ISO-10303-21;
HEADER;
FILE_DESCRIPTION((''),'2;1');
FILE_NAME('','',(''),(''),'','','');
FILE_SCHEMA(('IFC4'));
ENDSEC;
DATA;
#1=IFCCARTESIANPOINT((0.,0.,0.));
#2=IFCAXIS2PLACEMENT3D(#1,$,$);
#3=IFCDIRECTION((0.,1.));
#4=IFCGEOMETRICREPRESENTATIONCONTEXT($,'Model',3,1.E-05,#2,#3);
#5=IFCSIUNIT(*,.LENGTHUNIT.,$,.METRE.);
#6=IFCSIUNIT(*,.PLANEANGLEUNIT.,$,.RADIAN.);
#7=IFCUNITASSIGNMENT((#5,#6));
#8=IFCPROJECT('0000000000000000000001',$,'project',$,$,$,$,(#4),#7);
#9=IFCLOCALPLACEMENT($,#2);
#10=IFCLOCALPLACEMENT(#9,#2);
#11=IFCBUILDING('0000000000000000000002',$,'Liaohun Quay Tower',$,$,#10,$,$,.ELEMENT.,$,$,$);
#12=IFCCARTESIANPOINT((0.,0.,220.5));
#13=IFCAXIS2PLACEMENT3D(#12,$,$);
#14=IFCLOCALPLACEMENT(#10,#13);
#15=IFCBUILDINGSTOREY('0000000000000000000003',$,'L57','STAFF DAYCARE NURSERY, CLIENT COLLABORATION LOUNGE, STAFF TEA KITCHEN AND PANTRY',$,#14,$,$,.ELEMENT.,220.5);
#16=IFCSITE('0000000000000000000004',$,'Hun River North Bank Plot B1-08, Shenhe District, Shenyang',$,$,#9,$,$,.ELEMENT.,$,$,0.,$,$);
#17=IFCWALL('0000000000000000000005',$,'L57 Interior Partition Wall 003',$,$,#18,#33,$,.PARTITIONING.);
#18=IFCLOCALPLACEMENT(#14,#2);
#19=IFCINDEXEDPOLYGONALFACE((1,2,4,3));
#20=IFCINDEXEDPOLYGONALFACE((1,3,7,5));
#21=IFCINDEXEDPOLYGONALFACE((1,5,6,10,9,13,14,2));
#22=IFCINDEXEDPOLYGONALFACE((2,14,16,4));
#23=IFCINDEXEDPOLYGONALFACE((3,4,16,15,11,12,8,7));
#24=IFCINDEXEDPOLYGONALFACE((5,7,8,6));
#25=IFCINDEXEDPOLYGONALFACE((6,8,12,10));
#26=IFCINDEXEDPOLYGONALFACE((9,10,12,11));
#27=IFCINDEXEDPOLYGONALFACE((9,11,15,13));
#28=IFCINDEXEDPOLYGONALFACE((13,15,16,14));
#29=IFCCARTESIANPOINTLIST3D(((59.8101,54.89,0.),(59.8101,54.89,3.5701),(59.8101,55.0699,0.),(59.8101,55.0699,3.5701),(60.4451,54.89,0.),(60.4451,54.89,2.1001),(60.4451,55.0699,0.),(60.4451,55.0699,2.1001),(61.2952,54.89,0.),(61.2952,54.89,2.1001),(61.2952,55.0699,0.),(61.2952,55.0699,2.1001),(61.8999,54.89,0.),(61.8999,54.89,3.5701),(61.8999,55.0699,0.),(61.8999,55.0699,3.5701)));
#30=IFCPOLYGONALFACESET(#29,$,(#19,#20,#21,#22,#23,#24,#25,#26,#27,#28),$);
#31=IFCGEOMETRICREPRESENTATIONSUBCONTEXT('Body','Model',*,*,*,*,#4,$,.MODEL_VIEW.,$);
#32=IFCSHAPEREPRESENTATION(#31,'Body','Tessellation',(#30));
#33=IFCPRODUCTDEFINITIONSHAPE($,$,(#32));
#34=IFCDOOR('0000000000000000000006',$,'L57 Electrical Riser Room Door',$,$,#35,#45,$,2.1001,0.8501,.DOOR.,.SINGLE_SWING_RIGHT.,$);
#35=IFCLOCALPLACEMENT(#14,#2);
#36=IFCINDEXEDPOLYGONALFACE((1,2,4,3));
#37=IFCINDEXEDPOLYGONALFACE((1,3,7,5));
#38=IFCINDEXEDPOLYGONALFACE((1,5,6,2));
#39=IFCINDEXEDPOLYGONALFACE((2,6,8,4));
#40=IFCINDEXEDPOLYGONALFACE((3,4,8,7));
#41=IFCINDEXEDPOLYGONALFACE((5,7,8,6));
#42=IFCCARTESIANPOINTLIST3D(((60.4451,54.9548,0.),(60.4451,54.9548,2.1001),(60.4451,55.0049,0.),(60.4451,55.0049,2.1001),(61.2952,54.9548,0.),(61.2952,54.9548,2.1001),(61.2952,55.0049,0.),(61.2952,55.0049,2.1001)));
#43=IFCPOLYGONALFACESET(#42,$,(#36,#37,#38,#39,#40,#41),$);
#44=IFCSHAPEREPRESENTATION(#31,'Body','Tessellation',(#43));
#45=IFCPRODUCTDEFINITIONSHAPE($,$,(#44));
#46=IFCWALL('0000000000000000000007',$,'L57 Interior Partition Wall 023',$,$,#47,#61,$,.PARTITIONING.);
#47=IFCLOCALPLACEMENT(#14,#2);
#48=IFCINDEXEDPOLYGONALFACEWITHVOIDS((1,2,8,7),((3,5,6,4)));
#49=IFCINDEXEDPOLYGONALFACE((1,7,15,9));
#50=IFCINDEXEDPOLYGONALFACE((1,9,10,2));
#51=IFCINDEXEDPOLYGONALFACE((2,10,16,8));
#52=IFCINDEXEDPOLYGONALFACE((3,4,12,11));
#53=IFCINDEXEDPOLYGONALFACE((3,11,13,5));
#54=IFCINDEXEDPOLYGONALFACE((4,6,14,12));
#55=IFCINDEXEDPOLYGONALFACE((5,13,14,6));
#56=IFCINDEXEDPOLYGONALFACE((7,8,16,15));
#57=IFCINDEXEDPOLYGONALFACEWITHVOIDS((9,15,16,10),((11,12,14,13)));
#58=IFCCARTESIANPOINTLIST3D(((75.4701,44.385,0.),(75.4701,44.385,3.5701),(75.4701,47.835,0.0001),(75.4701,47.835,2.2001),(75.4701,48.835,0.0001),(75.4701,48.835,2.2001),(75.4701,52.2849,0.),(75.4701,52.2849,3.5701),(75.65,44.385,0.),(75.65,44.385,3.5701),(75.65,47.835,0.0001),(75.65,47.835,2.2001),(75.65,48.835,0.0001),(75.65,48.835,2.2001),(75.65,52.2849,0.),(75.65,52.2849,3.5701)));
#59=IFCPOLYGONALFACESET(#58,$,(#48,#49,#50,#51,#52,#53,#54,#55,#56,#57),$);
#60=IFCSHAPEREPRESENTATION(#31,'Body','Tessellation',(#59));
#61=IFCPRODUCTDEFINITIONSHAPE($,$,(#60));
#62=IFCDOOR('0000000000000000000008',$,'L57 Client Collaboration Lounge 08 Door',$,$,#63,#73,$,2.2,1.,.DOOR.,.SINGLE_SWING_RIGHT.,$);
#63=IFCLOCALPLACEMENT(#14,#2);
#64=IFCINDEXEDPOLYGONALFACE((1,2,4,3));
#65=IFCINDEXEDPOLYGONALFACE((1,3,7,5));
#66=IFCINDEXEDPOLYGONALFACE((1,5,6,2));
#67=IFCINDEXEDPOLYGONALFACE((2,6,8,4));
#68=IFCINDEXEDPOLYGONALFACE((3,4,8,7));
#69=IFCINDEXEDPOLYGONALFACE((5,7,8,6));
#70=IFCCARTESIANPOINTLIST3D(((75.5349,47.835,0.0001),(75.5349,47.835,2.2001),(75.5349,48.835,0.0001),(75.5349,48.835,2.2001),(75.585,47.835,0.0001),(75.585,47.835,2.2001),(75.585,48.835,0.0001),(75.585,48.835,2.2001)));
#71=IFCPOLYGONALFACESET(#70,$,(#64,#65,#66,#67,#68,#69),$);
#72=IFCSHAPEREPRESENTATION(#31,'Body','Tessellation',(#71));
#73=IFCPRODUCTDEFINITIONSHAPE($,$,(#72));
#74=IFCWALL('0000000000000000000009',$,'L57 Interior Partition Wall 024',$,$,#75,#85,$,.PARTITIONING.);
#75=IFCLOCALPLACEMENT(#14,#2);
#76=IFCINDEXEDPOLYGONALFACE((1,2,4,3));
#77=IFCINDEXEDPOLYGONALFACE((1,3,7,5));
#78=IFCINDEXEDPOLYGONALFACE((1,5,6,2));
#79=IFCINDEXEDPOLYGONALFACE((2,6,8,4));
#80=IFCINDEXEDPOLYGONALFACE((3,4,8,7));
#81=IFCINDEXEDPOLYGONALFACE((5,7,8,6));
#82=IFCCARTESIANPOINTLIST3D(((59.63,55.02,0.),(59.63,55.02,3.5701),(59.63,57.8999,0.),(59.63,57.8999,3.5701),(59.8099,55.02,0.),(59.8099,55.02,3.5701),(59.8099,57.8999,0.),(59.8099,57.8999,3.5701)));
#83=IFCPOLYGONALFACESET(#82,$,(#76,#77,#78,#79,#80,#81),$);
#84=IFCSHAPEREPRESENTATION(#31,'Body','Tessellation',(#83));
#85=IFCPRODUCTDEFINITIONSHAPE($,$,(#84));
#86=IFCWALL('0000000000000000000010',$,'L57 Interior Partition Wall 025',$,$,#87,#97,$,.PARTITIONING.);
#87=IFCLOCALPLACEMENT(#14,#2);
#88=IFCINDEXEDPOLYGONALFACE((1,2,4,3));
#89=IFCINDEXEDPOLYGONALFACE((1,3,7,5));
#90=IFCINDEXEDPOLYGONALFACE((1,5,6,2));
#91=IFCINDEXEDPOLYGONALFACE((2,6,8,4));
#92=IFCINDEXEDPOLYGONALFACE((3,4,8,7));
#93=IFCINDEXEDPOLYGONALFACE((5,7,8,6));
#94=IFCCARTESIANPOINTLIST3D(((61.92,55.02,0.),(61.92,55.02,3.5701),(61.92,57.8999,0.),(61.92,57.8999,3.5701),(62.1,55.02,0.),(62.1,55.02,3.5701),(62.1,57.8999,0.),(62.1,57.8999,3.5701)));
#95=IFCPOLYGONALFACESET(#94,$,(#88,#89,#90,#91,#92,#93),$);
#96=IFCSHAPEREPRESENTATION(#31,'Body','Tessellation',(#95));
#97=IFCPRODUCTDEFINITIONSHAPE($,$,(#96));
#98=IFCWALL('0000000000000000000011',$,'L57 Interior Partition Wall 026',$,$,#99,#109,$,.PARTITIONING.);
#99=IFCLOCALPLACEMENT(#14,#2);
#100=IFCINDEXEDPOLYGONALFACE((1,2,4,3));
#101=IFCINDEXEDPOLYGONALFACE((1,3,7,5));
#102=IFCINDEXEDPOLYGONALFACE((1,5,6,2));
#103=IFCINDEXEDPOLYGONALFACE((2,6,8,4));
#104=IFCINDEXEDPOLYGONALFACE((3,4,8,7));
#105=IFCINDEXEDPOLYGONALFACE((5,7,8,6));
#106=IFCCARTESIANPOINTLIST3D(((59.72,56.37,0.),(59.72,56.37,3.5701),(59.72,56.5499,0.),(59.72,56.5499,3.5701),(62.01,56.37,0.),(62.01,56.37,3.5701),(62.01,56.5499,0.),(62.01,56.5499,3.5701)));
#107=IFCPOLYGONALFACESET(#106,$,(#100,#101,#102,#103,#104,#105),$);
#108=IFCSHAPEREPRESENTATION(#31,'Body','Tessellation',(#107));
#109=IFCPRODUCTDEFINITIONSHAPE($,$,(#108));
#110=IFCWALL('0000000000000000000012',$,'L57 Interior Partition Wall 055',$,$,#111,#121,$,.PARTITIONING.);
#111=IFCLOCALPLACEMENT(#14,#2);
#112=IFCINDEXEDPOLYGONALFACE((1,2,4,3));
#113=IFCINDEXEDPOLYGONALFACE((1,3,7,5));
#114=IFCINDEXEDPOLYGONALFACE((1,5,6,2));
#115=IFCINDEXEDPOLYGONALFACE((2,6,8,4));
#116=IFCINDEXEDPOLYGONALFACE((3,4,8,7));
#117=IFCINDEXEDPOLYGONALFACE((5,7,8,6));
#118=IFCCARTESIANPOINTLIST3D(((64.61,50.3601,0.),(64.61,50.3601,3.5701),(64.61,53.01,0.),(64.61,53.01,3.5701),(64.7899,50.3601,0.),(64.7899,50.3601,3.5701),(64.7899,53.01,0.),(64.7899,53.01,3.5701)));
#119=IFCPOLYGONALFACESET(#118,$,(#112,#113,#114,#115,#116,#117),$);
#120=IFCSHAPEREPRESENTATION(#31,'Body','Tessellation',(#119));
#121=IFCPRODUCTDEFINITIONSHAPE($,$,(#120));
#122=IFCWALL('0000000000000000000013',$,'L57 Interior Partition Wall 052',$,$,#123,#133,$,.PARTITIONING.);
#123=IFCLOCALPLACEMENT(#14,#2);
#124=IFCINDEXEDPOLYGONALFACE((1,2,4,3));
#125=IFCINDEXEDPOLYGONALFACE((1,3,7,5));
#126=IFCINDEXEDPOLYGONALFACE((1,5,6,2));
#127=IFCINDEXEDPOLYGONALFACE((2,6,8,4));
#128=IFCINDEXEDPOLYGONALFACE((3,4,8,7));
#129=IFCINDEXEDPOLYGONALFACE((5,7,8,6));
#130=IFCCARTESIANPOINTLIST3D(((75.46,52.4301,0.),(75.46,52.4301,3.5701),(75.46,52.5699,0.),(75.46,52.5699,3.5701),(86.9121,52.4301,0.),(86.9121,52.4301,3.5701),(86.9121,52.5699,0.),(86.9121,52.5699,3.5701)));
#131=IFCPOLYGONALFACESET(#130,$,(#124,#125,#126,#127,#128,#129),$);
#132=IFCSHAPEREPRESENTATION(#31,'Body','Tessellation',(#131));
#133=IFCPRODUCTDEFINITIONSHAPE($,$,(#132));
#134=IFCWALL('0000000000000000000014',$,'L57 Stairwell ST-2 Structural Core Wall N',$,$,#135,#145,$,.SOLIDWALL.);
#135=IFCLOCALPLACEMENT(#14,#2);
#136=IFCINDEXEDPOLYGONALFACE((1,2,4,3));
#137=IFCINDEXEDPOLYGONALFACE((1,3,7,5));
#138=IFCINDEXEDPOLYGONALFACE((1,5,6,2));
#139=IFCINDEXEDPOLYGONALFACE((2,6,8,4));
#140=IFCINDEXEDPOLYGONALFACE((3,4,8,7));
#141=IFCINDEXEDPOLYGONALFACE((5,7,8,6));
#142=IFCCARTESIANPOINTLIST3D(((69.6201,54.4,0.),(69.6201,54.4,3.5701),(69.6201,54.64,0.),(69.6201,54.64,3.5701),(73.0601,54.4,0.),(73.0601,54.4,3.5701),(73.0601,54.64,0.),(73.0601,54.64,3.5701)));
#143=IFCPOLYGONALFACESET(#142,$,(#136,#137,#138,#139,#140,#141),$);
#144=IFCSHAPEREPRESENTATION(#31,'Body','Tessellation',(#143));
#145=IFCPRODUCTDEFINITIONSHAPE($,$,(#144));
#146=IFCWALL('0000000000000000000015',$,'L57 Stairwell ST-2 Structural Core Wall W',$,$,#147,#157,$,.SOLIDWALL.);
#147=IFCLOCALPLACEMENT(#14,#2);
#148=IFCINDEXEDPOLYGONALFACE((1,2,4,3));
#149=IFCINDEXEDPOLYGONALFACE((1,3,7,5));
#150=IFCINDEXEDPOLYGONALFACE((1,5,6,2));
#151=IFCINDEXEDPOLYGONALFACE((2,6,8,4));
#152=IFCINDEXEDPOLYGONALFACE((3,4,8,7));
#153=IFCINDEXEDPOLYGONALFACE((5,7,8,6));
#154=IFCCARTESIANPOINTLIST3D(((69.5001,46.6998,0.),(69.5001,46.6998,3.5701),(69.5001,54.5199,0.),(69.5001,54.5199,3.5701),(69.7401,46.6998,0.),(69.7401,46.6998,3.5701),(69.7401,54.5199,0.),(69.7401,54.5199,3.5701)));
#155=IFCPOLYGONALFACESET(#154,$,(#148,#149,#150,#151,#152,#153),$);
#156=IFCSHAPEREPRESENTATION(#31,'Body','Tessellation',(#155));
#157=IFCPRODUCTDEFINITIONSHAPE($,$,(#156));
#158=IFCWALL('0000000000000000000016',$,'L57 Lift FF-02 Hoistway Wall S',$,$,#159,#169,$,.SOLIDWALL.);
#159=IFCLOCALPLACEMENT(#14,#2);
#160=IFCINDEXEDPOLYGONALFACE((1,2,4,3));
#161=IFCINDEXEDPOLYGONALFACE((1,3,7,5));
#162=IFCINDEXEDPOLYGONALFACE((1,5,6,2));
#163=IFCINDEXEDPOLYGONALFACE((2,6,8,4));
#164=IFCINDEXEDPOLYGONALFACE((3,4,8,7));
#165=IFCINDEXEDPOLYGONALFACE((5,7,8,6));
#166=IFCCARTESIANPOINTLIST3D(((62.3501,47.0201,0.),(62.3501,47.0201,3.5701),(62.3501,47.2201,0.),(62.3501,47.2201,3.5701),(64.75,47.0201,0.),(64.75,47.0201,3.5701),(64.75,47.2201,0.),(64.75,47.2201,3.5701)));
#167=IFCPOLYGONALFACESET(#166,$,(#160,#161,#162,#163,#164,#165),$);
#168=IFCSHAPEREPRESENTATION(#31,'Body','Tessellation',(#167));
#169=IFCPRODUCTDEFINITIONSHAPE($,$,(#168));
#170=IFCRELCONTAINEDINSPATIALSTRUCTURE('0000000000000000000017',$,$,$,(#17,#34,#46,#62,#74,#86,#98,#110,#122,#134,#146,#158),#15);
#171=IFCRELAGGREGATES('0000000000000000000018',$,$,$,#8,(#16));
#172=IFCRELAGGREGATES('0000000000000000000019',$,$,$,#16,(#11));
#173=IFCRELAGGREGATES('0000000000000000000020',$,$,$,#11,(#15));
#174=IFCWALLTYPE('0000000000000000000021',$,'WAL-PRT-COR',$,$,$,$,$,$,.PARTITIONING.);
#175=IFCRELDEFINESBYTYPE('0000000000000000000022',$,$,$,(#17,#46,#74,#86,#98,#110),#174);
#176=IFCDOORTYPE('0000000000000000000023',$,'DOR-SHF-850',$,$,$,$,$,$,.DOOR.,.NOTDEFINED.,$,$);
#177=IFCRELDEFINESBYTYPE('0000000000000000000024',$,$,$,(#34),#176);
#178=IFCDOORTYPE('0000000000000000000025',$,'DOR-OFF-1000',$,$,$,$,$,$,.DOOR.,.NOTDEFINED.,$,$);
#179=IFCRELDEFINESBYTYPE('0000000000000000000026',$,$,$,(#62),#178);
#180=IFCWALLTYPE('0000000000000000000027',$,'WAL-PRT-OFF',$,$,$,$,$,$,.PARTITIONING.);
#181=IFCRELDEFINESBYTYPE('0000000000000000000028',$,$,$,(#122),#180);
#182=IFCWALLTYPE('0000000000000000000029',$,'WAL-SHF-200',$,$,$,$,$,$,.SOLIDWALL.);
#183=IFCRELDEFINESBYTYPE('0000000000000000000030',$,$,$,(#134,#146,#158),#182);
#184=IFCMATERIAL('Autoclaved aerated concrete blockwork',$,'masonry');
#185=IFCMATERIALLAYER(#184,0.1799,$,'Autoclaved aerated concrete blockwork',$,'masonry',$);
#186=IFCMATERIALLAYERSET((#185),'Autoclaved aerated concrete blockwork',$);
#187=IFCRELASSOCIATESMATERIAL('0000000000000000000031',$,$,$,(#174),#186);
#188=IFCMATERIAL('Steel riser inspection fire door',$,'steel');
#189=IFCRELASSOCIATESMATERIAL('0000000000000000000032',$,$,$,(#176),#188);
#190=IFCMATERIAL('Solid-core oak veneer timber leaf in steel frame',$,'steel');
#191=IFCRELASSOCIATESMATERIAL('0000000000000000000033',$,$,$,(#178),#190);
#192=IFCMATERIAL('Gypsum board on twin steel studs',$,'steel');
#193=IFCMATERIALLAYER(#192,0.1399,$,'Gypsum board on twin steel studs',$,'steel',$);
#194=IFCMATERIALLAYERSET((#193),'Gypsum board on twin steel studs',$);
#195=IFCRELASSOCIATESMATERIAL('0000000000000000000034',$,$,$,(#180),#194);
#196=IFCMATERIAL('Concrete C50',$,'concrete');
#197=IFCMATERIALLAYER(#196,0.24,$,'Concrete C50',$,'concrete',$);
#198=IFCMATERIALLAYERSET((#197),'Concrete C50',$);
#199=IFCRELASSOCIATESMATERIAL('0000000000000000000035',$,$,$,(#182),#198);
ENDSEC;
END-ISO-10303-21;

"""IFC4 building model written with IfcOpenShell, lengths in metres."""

from ifc_helpers import new_model, si_unit, direction, frame, frame_2d, origin, place, context, subcontext, project, spatial, rectangle, extrude, source, transform, mapped, material, layer, layer_set, type_object, element, fill, save


model = new_model("IFC4")

# Units and contexts
model_context = context("Model", 3, precision=1e-05, world=origin(), true_north=direction((0.0, 1.0)))
body_context = subcontext(model_context, "Body", "Model", "MODEL_VIEW")
ifc_project = project(units=[si_unit("LENGTHUNIT", "METRE"), si_unit("PLANEANGLEUNIT", "RADIAN")], contexts=[model_context])

# Site, building, storey
site_placement = place(None, origin())
site = spatial("IfcSite", under=ifc_project, at=site_placement, Name="Hun River North Bank Plot B1-08, Shenhe District, Shenyang", CompositionType="ELEMENT", RefElevation=0.0)
building_placement = place(site_placement, origin())
building = spatial("IfcBuilding", under=site, at=building_placement, Name="Liaohun Quay Tower", CompositionType="ELEMENT")
storey_placement = place(building_placement, frame((0.0, 0.0, 220.5)))
storey = spatial("IfcBuildingStorey", under=building, at=storey_placement, Name="L57", Description="STAFF DAYCARE NURSERY, CLIENT COLLABORATION LOUNGE, STAFF TEA KITCHEN AND PANTRY", CompositionType="ELEMENT", Elevation=220.5)

# Walls, openings, doors
ifc_material_1 = material(Name="Autoclaved aerated concrete blockwork", Category="masonry")
ifc_layer_1 = layer(ifc_material_1, 0.1799, Name="Autoclaved aerated concrete blockwork", Category="masonry")
ifc_layer_set_1 = layer_set([ifc_layer_1], Name="Autoclaved aerated concrete blockwork")
wall_type_1 = type_object("IfcWallType", Name="WAL-PRT-COR", PredefinedType="PARTITIONING", material=ifc_layer_set_1)
wall_1_placement = place(storey_placement, frame((59.8101, 54.98, 0.0), z_axis=(0.0, 0.0, 1.0), x_axis=(1.0, 0.0, 0.0)))
wall_1 = element("IfcWall", 1, at=wall_1_placement, inside=storey, type_object=wall_type_1, Name="L57 Interior Partition Wall 003", PredefinedType="PARTITIONING", context=body_context, shape_type="SweptSolid", body=[
    extrude(rectangle(XDim=2.0898, YDim=0.1799, at=frame_2d((1.0449, 0.0))), origin(), (0.0, 0.0, 1.0), 3.5701),
])
shared_shape_1 = source(origin(), body_context, "Body", "SweptSolid", [
    extrude(rectangle(XDim=0.8501, YDim=2.1001, at=frame_2d((0.425, 1.05))), frame((0.0, 0.0999, 0.0), z_axis=(0.0, -1.0, 0.0), x_axis=(1.0, 0.0, 0.0)), (0.0, 0.0, 1.0), 0.2),
])
opening_1_placement = place(wall_1_placement, frame((0.635, 0.0, 0.0)))
opening_1 = element("IfcOpeningElement", 2, at=opening_1_placement, cuts=wall_1, PredefinedType="OPENING", context=body_context, shape_type="MappedRepresentation", body=[
    mapped(shared_shape_1, transform((0.0, 0.0, 0.0), x_axis=(1.0, 0.0, 0.0), y_axis=(0.0, 1.0, 0.0), z_axis=(0.0, 0.0, 1.0), scale=1.0)),
])
ifc_material_2 = material(Name="Steel riser inspection fire door", Category="steel")
door_type_1 = type_object("IfcDoorType", Name="DOR-SHF-850", OperationType="NOTDEFINED", PredefinedType="DOOR", material=ifc_material_2)
shared_shape_2 = source(origin(), body_context, "Body", "SweptSolid", [
    extrude(rectangle(XDim=0.8501, YDim=2.1001, at=frame_2d((0.425, 1.05))), frame((0.0, 0.0249, 0.0), z_axis=(0.0, -1.0, 0.0), x_axis=(1.0, 0.0, 0.0)), (0.0, 0.0, 1.0), 0.05),
])
door_1_placement = place(opening_1_placement, origin())
door_1 = element("IfcDoor", 3, at=door_1_placement, inside=storey, type_object=door_type_1, Name="L57 Electrical Riser Room Door", OperationType="SINGLE_SWING_RIGHT", OverallHeight=2.1001, OverallWidth=0.8501, PredefinedType="DOOR", context=body_context, shape_type="MappedRepresentation", body=[
    mapped(shared_shape_2, transform((0.0, 0.0, 0.0), x_axis=(1.0, 0.0, 0.0), y_axis=(0.0, 1.0, 0.0), z_axis=(0.0, 0.0, 1.0), scale=1.0)),
])
fill(opening_1, door_1)
wall_2_placement = place(storey_placement, frame((75.5601, 52.2849, 0.0), z_axis=(0.0, 0.0, 1.0), x_axis=(0.0, -1.0, 0.0)))
wall_2 = element("IfcWall", 4, at=wall_2_placement, inside=storey, type_object=wall_type_1, Name="L57 Interior Partition Wall 023", PredefinedType="PARTITIONING", context=body_context, shape_type="SweptSolid", body=[
    extrude(rectangle(XDim=7.8999, YDim=0.1799, at=frame_2d((3.95, 0.0))), origin(), (0.0, 0.0, 1.0), 3.5701),
])
shared_shape_3 = source(origin(), body_context, "Body", "SweptSolid", [
    extrude(rectangle(XDim=1.0, YDim=2.2, at=frame_2d((0.5, 1.1001))), frame((0.0, 0.0999, 0.0), z_axis=(0.0, -1.0, 0.0), x_axis=(1.0, 0.0, 0.0)), (0.0, 0.0, 1.0), 0.2),
])
opening_2_placement = place(wall_2_placement, frame((3.45, 0.0, 0.0)))
opening_2 = element("IfcOpeningElement", 5, at=opening_2_placement, cuts=wall_2, PredefinedType="OPENING", context=body_context, shape_type="MappedRepresentation", body=[
    mapped(shared_shape_3, transform((0.0, 0.0, 0.0), x_axis=(1.0, 0.0, 0.0), y_axis=(0.0, 1.0, 0.0), z_axis=(0.0, 0.0, 1.0), scale=1.0)),
])
ifc_material_3 = material(Name="Solid-core oak veneer timber leaf in steel frame", Category="steel")
door_type_2 = type_object("IfcDoorType", Name="DOR-OFF-1000", OperationType="NOTDEFINED", PredefinedType="DOOR", material=ifc_material_3)
shared_shape_4 = source(origin(), body_context, "Body", "SweptSolid", [
    extrude(rectangle(XDim=1.0, YDim=2.2, at=frame_2d((0.5, 1.1001))), frame((0.0, 0.0249, 0.0), z_axis=(0.0, -1.0, 0.0), x_axis=(1.0, 0.0, 0.0)), (0.0, 0.0, 1.0), 0.05),
])
door_2_placement = place(opening_2_placement, origin())
door_2 = element("IfcDoor", 6, at=door_2_placement, inside=storey, type_object=door_type_2, Name="L57 Client Collaboration Lounge 08 Door", OperationType="SINGLE_SWING_RIGHT", OverallHeight=2.2, OverallWidth=1.0, PredefinedType="DOOR", context=body_context, shape_type="MappedRepresentation", body=[
    mapped(shared_shape_4, transform((0.0, 0.0, 0.0), x_axis=(1.0, 0.0, 0.0), y_axis=(0.0, 1.0, 0.0), z_axis=(0.0, 0.0, 1.0), scale=1.0)),
])
fill(opening_2, door_2)

# Walls
for number, where, z_axis, x_axis, name in (
    (7, (59.72, 55.02, 0.0), (0.0, 0.0, 1.0), (0.0, 1.0, 0.0), "L57 Interior Partition Wall 024"),
    (8, (62.01, 55.02, 0.0), (0.0, 0.0, 1.0), (0.0, 1.0, 0.0), "L57 Interior Partition Wall 025"),
):
    element("IfcWall", number, at=place(storey_placement, frame(where, z_axis=z_axis, x_axis=x_axis)), inside=storey, type_object=wall_type_1, Name=name, PredefinedType="PARTITIONING", context=body_context, shape_type="SweptSolid", body=[
        extrude(rectangle(XDim=2.8799, YDim=0.1799, at=frame_2d((1.4399, 0.0))), origin(), (0.0, 0.0, 1.0), 3.5701),
    ])
wall_3_placement = place(storey_placement, frame((59.72, 56.46, 0.0), z_axis=(0.0, 0.0, 1.0), x_axis=(1.0, 0.0, 0.0)))
element("IfcWall", 9, at=wall_3_placement, inside=storey, type_object=wall_type_1, Name="L57 Interior Partition Wall 026", PredefinedType="PARTITIONING", context=body_context, shape_type="SweptSolid", body=[
    extrude(rectangle(XDim=2.29, YDim=0.1799, at=frame_2d((1.145, 0.0))), origin(), (0.0, 0.0, 1.0), 3.5701),
])
wall_4_placement = place(storey_placement, frame((64.7, 50.3601, 0.0), z_axis=(0.0, 0.0, 1.0), x_axis=(0.0, 1.0, 0.0)))
element("IfcWall", 10, at=wall_4_placement, inside=storey, type_object=wall_type_1, Name="L57 Interior Partition Wall 055", PredefinedType="PARTITIONING", context=body_context, shape_type="SweptSolid", body=[
    extrude(rectangle(XDim=2.6499, YDim=0.1799, at=frame_2d((1.325, 0.0))), origin(), (0.0, 0.0, 1.0), 3.5701),
])
ifc_material_4 = material(Name="Gypsum board on twin steel studs", Category="steel")
ifc_layer_2 = layer(ifc_material_4, 0.1399, Name="Gypsum board on twin steel studs", Category="steel")
ifc_layer_set_2 = layer_set([ifc_layer_2], Name="Gypsum board on twin steel studs")
wall_type_2 = type_object("IfcWallType", Name="WAL-PRT-OFF", PredefinedType="PARTITIONING", material=ifc_layer_set_2)
wall_5_placement = place(storey_placement, frame((75.46, 52.5, 0.0), z_axis=(0.0, 0.0, 1.0), x_axis=(1.0, 0.0, 0.0)))
element("IfcWall", 11, at=wall_5_placement, inside=storey, type_object=wall_type_2, Name="L57 Interior Partition Wall 052", PredefinedType="PARTITIONING", context=body_context, shape_type="SweptSolid", body=[
    extrude(rectangle(XDim=11.4521, YDim=0.1399, at=frame_2d((5.7261, 0.0))), origin(), (0.0, 0.0, 1.0), 3.5701),
])
ifc_material_5 = material(Name="Concrete C50", Category="concrete")
ifc_layer_3 = layer(ifc_material_5, 0.24, Name="Concrete C50", Category="concrete")
ifc_layer_set_3 = layer_set([ifc_layer_3], Name="Concrete C50")
wall_type_3 = type_object("IfcWallType", Name="WAL-SHF-200", PredefinedType="SOLIDWALL", material=ifc_layer_set_3)
wall_6_placement = place(storey_placement, frame((73.0601, 54.52, 0.0), z_axis=(0.0, 0.0, 1.0), x_axis=(-1.0, 0.0, 0.0)))
element("IfcWall", 12, at=wall_6_placement, inside=storey, type_object=wall_type_3, Name="L57 Stairwell ST-2 Structural Core Wall N", PredefinedType="SOLIDWALL", context=body_context, shape_type="SweptSolid", body=[
    extrude(rectangle(XDim=3.4399, YDim=0.24, at=frame_2d((1.72, 0.0))), origin(), (0.0, 0.0, 1.0), 3.5701),
])
wall_7_placement = place(storey_placement, frame((69.6201, 54.52, 0.0), z_axis=(0.0, 0.0, 1.0), x_axis=(0.0, -1.0, 0.0)))
element("IfcWall", 13, at=wall_7_placement, inside=storey, type_object=wall_type_3, Name="L57 Stairwell ST-2 Structural Core Wall W", PredefinedType="SOLIDWALL", context=body_context, shape_type="SweptSolid", body=[
    extrude(rectangle(XDim=7.8201, YDim=0.24, at=frame_2d((3.9102, 0.0))), origin(), (0.0, 0.0, 1.0), 3.5701),
])
wall_8_placement = place(storey_placement, frame((62.3501, 47.1201, 0.0), z_axis=(0.0, 0.0, 1.0), x_axis=(1.0, 0.0, 0.0)))
element("IfcWall", 14, at=wall_8_placement, inside=storey, type_object=wall_type_3, Name="L57 Lift FF-02 Hoistway Wall S", PredefinedType="SOLIDWALL", context=body_context, shape_type="SweptSolid", body=[
    extrude(rectangle(XDim=2.3999, YDim=0.2, at=frame_2d((1.2, 0.0))), origin(), (0.0, 0.0, 1.0), 3.5701),
])

save(model, "model.ifc")
